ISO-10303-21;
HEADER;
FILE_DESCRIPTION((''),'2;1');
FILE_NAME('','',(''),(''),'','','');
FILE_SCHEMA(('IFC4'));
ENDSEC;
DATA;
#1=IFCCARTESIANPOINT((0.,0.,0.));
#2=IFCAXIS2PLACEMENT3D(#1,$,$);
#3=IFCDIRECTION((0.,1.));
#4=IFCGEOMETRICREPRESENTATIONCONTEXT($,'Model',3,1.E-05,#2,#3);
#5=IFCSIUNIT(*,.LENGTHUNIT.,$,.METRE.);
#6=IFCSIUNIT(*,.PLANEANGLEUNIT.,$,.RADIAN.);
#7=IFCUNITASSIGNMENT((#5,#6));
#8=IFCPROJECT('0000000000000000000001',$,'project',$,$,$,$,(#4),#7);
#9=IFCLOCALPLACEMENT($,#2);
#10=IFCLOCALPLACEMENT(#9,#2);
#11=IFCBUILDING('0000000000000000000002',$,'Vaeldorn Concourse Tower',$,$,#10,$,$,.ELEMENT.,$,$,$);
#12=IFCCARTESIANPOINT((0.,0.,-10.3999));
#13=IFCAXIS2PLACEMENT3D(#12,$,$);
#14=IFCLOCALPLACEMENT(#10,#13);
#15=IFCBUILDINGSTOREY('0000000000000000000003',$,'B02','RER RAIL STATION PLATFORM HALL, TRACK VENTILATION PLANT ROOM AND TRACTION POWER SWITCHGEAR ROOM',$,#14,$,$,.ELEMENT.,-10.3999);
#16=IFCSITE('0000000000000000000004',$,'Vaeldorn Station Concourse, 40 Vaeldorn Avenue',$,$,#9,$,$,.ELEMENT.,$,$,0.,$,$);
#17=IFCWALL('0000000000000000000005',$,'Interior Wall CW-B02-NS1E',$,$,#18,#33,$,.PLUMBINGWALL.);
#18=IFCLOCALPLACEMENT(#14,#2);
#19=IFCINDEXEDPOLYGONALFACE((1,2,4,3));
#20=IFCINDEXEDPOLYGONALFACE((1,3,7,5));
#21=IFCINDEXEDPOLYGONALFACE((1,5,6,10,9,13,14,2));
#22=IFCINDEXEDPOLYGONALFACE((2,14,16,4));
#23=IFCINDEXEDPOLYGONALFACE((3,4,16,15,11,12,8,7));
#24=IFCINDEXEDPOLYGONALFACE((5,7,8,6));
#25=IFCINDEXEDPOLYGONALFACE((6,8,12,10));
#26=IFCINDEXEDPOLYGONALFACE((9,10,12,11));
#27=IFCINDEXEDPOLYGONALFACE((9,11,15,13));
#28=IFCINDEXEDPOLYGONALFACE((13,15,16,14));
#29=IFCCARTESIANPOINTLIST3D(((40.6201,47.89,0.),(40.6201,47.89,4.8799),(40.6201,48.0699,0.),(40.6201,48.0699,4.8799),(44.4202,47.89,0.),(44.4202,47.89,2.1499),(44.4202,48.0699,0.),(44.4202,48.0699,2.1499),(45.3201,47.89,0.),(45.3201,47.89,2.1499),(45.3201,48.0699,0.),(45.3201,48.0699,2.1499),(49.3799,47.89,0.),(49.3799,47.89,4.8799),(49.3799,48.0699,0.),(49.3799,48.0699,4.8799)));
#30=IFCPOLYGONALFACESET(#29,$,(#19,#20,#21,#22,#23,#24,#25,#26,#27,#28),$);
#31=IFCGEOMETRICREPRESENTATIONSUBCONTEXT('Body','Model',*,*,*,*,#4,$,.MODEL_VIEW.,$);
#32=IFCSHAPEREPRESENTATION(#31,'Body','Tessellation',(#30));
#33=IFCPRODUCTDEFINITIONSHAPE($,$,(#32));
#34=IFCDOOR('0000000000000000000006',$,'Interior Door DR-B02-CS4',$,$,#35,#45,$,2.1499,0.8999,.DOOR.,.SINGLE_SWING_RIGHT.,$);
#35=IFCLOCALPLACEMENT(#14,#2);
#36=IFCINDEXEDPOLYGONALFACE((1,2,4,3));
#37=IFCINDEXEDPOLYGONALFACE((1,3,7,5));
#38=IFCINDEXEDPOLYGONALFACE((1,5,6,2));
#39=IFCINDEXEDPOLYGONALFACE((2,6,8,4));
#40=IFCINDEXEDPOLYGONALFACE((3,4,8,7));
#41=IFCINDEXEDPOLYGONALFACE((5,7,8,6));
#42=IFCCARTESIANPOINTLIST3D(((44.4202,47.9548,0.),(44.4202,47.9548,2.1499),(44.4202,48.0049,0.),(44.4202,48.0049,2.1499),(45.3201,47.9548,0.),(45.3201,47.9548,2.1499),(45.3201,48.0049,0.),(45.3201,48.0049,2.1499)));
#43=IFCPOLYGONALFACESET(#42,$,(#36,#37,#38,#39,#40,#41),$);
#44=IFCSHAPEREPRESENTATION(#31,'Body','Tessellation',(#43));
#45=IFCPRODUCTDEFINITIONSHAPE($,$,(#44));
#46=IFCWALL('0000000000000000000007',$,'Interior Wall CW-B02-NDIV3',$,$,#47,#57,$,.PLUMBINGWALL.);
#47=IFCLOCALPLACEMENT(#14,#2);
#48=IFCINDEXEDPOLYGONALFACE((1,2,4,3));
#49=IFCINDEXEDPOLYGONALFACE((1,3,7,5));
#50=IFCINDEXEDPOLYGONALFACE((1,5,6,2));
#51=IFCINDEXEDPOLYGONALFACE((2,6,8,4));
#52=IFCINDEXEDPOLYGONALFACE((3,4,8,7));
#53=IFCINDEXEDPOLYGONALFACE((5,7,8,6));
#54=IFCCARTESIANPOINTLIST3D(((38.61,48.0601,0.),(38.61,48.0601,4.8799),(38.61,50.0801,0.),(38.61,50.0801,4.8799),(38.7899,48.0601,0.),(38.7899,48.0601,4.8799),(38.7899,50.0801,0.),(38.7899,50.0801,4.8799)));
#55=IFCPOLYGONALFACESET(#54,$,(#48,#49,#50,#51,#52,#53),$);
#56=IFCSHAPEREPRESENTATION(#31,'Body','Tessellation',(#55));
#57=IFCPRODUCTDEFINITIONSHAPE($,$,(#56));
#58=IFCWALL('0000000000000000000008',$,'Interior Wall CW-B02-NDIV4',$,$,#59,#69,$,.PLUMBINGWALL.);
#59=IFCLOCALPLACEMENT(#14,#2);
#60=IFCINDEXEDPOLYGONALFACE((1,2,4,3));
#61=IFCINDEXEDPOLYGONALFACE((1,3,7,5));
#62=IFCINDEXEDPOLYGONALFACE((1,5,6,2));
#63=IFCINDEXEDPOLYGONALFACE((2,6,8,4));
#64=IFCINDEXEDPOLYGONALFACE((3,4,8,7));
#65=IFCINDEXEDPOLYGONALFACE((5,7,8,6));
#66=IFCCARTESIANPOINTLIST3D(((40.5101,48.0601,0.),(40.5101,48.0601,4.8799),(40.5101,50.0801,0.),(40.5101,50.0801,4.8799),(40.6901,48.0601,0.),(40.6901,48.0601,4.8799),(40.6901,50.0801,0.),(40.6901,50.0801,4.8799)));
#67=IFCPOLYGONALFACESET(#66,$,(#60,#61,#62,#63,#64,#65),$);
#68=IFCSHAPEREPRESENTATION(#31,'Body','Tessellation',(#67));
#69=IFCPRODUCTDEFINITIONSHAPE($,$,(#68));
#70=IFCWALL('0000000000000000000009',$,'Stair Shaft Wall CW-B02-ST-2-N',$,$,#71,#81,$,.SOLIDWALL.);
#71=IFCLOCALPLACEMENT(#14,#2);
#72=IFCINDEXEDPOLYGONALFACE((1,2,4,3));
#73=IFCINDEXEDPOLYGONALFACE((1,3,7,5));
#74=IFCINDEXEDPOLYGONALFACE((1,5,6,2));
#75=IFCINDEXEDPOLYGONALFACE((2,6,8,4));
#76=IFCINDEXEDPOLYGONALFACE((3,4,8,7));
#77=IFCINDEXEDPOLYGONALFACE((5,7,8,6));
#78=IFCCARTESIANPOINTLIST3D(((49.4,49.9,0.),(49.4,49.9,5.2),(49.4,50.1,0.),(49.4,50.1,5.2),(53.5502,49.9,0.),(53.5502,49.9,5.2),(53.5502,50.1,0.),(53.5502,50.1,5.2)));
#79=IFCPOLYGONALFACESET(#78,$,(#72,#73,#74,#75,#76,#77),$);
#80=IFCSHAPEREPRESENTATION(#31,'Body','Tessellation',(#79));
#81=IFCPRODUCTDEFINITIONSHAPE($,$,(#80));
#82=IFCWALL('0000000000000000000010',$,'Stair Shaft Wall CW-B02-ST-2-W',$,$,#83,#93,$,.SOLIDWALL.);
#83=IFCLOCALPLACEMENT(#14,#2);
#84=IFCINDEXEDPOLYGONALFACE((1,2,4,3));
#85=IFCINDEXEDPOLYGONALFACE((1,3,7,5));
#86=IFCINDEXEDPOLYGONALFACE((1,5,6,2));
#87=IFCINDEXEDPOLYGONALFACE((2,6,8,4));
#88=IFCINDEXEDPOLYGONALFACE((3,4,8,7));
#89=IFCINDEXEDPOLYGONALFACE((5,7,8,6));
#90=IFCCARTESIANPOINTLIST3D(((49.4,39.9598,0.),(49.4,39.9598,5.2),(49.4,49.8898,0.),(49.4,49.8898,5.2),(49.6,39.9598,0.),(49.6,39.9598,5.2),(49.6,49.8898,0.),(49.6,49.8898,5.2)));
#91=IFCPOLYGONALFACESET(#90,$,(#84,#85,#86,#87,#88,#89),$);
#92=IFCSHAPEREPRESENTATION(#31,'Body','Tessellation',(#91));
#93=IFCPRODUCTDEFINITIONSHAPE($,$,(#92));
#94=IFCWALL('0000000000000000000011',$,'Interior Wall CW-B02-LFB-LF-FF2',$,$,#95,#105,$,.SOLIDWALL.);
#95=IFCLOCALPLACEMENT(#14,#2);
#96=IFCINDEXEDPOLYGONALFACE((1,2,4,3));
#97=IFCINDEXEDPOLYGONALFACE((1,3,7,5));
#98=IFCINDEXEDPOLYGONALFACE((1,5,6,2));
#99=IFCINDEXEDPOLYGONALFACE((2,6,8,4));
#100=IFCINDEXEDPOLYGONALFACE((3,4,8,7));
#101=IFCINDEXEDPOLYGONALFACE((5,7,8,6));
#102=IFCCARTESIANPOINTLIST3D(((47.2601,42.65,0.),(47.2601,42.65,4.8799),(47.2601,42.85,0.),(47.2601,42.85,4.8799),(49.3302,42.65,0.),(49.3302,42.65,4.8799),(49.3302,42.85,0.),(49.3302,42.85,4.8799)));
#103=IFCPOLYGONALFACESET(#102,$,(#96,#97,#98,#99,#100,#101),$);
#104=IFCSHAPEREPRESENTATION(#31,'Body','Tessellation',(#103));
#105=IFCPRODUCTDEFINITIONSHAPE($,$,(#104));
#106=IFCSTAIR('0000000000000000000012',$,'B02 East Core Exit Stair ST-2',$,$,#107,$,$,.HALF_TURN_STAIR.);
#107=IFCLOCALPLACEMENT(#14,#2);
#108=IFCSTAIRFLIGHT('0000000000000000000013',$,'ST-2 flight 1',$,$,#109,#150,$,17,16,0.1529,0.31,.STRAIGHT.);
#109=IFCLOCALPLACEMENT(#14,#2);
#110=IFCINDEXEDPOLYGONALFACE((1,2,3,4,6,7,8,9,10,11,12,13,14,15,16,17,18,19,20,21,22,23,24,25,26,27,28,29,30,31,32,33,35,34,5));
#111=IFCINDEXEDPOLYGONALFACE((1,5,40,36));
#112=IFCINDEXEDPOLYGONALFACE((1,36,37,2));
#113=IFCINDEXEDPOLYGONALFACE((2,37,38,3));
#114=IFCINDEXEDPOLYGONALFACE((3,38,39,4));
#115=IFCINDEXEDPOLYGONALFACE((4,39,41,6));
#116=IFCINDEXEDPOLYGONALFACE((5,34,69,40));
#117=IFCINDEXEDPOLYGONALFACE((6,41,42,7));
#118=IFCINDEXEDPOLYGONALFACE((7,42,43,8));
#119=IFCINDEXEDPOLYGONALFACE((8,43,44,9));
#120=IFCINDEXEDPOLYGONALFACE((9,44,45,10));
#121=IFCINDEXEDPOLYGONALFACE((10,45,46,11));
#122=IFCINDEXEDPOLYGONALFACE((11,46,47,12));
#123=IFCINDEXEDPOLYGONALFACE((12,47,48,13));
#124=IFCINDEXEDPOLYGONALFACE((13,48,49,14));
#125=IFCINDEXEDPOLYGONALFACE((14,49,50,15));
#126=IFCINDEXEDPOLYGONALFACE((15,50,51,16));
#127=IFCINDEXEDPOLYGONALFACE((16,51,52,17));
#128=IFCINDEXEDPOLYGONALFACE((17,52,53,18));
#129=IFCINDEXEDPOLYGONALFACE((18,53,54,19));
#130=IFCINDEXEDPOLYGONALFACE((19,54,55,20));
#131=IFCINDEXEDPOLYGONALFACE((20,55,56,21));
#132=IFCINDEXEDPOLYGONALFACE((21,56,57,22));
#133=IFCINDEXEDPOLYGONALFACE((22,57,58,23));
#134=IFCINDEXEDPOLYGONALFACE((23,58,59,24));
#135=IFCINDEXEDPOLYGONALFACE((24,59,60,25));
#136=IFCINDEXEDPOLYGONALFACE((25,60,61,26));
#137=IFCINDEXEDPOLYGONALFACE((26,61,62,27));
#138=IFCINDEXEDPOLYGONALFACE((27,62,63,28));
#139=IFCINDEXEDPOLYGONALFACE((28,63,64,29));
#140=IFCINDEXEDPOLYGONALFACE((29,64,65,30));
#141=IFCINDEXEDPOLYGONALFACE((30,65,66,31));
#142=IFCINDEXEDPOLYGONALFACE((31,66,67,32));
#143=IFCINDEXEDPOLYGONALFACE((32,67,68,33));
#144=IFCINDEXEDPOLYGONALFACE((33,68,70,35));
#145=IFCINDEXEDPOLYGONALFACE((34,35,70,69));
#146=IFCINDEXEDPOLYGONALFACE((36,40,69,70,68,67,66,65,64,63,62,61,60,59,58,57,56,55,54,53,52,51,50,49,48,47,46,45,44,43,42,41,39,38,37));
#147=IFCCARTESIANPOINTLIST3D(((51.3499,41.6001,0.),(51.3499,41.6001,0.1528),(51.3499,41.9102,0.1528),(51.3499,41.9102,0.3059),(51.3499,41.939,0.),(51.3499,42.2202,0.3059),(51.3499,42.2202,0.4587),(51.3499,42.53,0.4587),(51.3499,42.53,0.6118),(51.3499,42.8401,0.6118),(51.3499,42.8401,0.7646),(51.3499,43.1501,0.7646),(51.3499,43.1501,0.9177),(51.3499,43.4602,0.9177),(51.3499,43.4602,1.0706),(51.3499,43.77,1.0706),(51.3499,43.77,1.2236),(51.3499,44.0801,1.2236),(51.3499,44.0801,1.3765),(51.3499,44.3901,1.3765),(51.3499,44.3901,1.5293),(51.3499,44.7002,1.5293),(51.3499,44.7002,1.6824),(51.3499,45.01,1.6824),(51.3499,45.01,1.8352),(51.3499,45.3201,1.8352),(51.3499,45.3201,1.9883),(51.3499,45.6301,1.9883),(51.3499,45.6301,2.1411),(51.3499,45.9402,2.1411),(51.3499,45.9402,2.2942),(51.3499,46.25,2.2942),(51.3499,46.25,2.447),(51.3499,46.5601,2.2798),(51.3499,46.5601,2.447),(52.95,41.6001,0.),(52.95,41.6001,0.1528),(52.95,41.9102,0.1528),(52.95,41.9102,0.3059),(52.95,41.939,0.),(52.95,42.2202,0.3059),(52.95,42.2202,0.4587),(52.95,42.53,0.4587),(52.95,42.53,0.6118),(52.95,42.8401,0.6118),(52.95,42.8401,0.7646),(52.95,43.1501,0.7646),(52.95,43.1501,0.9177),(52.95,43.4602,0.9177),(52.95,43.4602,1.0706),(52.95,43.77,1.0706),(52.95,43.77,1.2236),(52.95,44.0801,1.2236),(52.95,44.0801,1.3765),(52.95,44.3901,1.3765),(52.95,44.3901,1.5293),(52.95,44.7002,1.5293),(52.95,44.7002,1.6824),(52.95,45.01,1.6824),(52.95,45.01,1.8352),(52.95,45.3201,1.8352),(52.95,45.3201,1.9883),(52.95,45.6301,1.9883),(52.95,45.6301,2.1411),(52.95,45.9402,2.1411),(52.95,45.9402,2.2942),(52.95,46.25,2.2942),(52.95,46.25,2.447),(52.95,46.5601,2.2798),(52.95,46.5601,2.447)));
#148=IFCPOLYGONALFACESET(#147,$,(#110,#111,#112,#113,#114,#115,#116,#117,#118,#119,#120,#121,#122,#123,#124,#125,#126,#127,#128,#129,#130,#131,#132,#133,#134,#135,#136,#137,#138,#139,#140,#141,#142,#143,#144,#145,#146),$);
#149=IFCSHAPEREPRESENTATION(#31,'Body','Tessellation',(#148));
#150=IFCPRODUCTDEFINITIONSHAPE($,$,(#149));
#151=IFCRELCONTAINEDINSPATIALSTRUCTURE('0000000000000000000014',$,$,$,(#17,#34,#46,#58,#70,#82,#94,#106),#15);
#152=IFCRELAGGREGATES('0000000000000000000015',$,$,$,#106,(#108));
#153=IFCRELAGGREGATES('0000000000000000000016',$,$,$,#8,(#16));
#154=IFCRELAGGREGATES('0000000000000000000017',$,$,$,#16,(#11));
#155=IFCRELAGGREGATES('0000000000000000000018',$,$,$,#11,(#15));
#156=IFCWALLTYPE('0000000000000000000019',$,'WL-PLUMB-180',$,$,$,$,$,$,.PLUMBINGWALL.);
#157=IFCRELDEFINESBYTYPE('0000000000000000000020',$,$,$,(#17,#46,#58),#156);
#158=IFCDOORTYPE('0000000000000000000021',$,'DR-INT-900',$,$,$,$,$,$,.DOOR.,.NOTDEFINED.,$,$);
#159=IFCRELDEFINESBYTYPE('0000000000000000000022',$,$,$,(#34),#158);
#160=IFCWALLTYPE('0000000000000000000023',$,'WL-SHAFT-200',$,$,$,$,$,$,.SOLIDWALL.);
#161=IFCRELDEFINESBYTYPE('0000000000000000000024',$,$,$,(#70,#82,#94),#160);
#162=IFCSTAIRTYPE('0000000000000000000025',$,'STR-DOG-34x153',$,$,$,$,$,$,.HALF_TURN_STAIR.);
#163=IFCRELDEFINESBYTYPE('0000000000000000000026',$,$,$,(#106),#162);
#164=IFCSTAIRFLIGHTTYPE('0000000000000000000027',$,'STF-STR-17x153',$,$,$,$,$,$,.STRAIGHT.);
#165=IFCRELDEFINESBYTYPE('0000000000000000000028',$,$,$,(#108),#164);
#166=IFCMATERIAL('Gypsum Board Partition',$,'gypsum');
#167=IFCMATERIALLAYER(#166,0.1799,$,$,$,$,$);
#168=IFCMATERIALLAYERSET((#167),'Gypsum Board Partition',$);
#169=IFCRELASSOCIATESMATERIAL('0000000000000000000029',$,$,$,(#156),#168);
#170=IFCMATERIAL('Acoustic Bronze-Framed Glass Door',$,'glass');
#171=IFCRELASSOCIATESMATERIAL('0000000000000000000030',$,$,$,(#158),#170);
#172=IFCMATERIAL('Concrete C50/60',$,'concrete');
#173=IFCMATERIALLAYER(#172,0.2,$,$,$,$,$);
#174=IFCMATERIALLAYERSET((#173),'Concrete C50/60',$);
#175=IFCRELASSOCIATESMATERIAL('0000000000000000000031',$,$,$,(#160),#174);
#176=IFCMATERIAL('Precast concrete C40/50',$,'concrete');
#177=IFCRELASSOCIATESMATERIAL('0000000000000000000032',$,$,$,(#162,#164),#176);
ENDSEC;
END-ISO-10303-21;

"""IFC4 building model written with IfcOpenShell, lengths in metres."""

from ifc_helpers import new_model, si_unit, direction, frame, frame_2d, origin, place, context, subcontext, project, spatial, polyline, rectangle, outline, extrude, source, transform, mapped, material, layer, layer_set, type_object, element, fill, aggregate, save


model = new_model("IFC4")

# Units and contexts
model_context = context("Model", 3, precision=1e-05, world=origin(), true_north=direction((0.0, 1.0)))
body_context = subcontext(model_context, "Body", "Model", "MODEL_VIEW")
ifc_project = project(units=[si_unit("LENGTHUNIT", "METRE"), si_unit("PLANEANGLEUNIT", "RADIAN")], contexts=[model_context])

# Site, building, storey
site_placement = place(None, origin())
site = spatial("IfcSite", under=ifc_project, at=site_placement, Name="Vaeldorn Station Concourse, 40 Vaeldorn Avenue", CompositionType="ELEMENT", RefElevation=0.0)
building_placement = place(site_placement, origin())
building = spatial("IfcBuilding", under=site, at=building_placement, Name="Vaeldorn Concourse Tower", CompositionType="ELEMENT")
storey_placement = place(building_placement, frame((0.0, 0.0, -10.3999)))
storey = spatial("IfcBuildingStorey", under=building, at=storey_placement, Name="B02", Description="RER RAIL STATION PLATFORM HALL, TRACK VENTILATION PLANT ROOM AND TRACTION POWER SWITCHGEAR ROOM", CompositionType="ELEMENT", Elevation=-10.3999)

# Wall, opening, door
ifc_material_1 = material(Name="Gypsum Board Partition", Category="gypsum")
ifc_layer_1 = layer(ifc_material_1, 0.1799)
ifc_layer_set_1 = layer_set([ifc_layer_1], Name="Gypsum Board Partition")
wall_type_1 = type_object("IfcWallType", Name="WL-PLUMB-180", PredefinedType="PLUMBINGWALL", material=ifc_layer_set_1)
wall_1_placement = place(storey_placement, frame((40.6201, 47.98, 0.0), z_axis=(0.0, 0.0, 1.0), x_axis=(1.0, 0.0, 0.0)))
wall_1 = element("IfcWall", 1, at=wall_1_placement, inside=storey, type_object=wall_type_1, Name="Interior Wall CW-B02-NS1E", PredefinedType="PLUMBINGWALL", context=body_context, shape_type="SweptSolid", body=[
    extrude(rectangle(XDim=8.7598, YDim=0.1799, at=frame_2d((4.3799, 0.0))), origin(), (0.0, 0.0, 1.0), 4.8799),
])
opening_1_placement = place(wall_1_placement, frame((3.8, 0.0, 0.0)))
opening_1 = element("IfcOpeningElement", 2, at=opening_1_placement, cuts=wall_1, PredefinedType="OPENING", context=body_context, shape_type="SweptSolid", body=[
    extrude(rectangle(XDim=0.8999, YDim=2.1499, at=frame_2d((0.45, 1.075))), frame((0.0, 0.1001, 0.0), z_axis=(0.0, -1.0, 0.0), x_axis=(1.0, 0.0, 0.0)), (0.0, 0.0, 1.0), 0.2),
])
ifc_material_2 = material(Name="Acoustic Bronze-Framed Glass Door", Category="glass")
door_type_1 = type_object("IfcDoorType", Name="DR-INT-900", OperationType="NOTDEFINED", PredefinedType="DOOR", material=ifc_material_2)
shared_shape_1 = source(origin(), body_context, "Body", "SweptSolid", [
    extrude(rectangle(XDim=0.8999, YDim=2.1499, at=frame_2d((0.45, 1.075))), frame((0.0, 0.0249, 0.0), z_axis=(0.0, -1.0, 0.0), x_axis=(1.0, 0.0, 0.0)), (0.0, 0.0, 1.0), 0.05),
])
door_1_placement = place(opening_1_placement, origin())
door_1 = element("IfcDoor", 3, at=door_1_placement, inside=storey, type_object=door_type_1, Name="Interior Door DR-B02-CS4", OperationType="SINGLE_SWING_RIGHT", OverallHeight=2.1499, OverallWidth=0.8999, PredefinedType="DOOR", context=body_context, shape_type="MappedRepresentation", body=[
    mapped(shared_shape_1, transform((0.0, 0.0, 0.0), scale=1.0)),
])
fill(opening_1, door_1)

# Walls
for number, where, z_axis, x_axis, name in (
    (4, (38.7, 48.0601, 0.0), (0.0, 0.0, 1.0), (0.0, 1.0, 0.0), "Interior Wall CW-B02-NDIV3"),
    (5, (40.6001, 48.0601, 0.0), (0.0, 0.0, 1.0), (0.0, 1.0, 0.0), "Interior Wall CW-B02-NDIV4"),
):
    element("IfcWall", number, at=place(storey_placement, frame(where, z_axis=z_axis, x_axis=x_axis)), inside=storey, type_object=wall_type_1, Name=name, PredefinedType="PLUMBINGWALL", context=body_context, shape_type="SweptSolid", body=[
        extrude(rectangle(XDim=2.02, YDim=0.1799, at=frame_2d((1.01, 0.0))), origin(), (0.0, 0.0, 1.0), 4.8799),
    ])

# Shared definitions
ifc_material_3 = material(Name="Concrete C50/60", Category="concrete")
ifc_layer_2 = layer(ifc_material_3, 0.2)
ifc_layer_set_2 = layer_set([ifc_layer_2], Name="Concrete C50/60")
wall_type_2 = type_object("IfcWallType", Name="WL-SHAFT-200", PredefinedType="SOLIDWALL", material=ifc_layer_set_2)

# Walls
wall_2_placement = place(storey_placement, frame((49.3999, 50.0, 0.0), z_axis=(0.0, 0.0, 1.0), x_axis=(1.0, 0.0, 0.0)))
element("IfcWall", 6, at=wall_2_placement, inside=storey, type_object=wall_type_2, Name="Stair Shaft Wall CW-B02-ST-2-N", PredefinedType="SOLIDWALL", context=body_context, shape_type="SweptSolid", body=[
    extrude(rectangle(XDim=4.1501, YDim=0.2, at=frame_2d((2.0752, 0.0))), origin(), (0.0, 0.0, 1.0), 5.2),
])
wall_3_placement = place(storey_placement, frame((49.5, 39.96, 0.0), z_axis=(0.0, 0.0, 1.0), x_axis=(0.0, 1.0, 0.0)))
element("IfcWall", 7, at=wall_3_placement, inside=storey, type_object=wall_type_2, Name="Stair Shaft Wall CW-B02-ST-2-W", PredefinedType="SOLIDWALL", context=body_context, shape_type="SweptSolid", body=[
    extrude(rectangle(XDim=9.9299, YDim=0.2, at=frame_2d((4.9648, 0.0))), origin(), (0.0, 0.0, 1.0), 5.2),
])

# Wall
wall_4_placement = place(storey_placement, frame((47.26, 42.75, 0.0), z_axis=(0.0, 0.0, 1.0), x_axis=(1.0, 0.0, 0.0)))
element("IfcWall", 8, at=wall_4_placement, inside=storey, type_object=wall_type_2, Name="Interior Wall CW-B02-LFB-LF-FF2", PredefinedType="SOLIDWALL", context=body_context, shape_type="SweptSolid", body=[
    extrude(rectangle(XDim=2.0701, YDim=0.2, at=frame_2d((1.0352, 0.0))), origin(), (0.0, 0.0, 1.0), 4.8799),
])

# Stair, stair flight
ifc_material_4 = material(Name="Precast concrete C40/50", Category="concrete")
stair_type = type_object("IfcStairType", Name="STR-DOG-34x153", PredefinedType="HALF_TURN_STAIR", material=ifc_material_4)
stair_placement = place(storey_placement, origin())
stair = element("IfcStair", 9, at=stair_placement, inside=storey, type_object=stair_type, Name="B02 East Core Exit Stair ST-2", PredefinedType="HALF_TURN_STAIR")
stair_flight_type = type_object("IfcStairFlightType", Name="STF-STR-17x153", PredefinedType="STRAIGHT", material=ifc_material_4)
stair_flight_1_placement = place(storey_placement, frame((52.1499, 41.6001, 0.0), z_axis=(0.0, 0.0, 1.0), x_axis=(0.0, 1.0, 0.0)))
stair_flight_1 = element("IfcStairFlight", 10, at=stair_flight_1_placement, type_object=stair_flight_type, Name="ST-2 flight 1", NumberOfRisers=17, NumberOfTreads=16, PredefinedType="STRAIGHT", RiserHeight=0.1529, TreadLength=0.31, context=body_context, shape_type="SweptSolid", body=[
    extrude(outline(polyline([(0.0, 0.0), (0.0, 0.1528), (0.3101, 0.1528), (0.3101, 0.3059), (0.6201, 0.3059), (0.6201, 0.4587), (0.9299, 0.4587), (0.9299, 0.6118), (1.24, 0.6118), (1.24, 0.7646), (1.55, 0.7646), (1.55, 0.9177), (1.8601, 0.9177), (1.8601, 1.0706), (2.1699, 1.0706), (2.1699, 1.2236), (2.48, 1.2236), (2.48, 1.3765), (2.79, 1.3765), (2.79, 1.5293), (3.1001, 1.5293), (3.1001, 1.6824), (3.4099, 1.6824), (3.4099, 1.8352), (3.72, 1.8352), (3.72, 1.9883), (4.03, 1.9883), (4.03, 2.1411), (4.3401, 2.1411), (4.3401, 2.2942), (4.6499, 2.2942), (4.6499, 2.447), (4.96, 2.447), (4.96, 2.6001), (4.96, 2.2798), (0.3389, 0.0), (0.0, 0.0)])), frame((0.0, 0.8, 0.0), z_axis=(0.0, -1.0, 0.0), x_axis=(1.0, 0.0, 0.0)), (0.0, 0.0, 1.0), 1.6001),
])
aggregate(stair, [stair_flight_1])

save(model, "model.ifc")
